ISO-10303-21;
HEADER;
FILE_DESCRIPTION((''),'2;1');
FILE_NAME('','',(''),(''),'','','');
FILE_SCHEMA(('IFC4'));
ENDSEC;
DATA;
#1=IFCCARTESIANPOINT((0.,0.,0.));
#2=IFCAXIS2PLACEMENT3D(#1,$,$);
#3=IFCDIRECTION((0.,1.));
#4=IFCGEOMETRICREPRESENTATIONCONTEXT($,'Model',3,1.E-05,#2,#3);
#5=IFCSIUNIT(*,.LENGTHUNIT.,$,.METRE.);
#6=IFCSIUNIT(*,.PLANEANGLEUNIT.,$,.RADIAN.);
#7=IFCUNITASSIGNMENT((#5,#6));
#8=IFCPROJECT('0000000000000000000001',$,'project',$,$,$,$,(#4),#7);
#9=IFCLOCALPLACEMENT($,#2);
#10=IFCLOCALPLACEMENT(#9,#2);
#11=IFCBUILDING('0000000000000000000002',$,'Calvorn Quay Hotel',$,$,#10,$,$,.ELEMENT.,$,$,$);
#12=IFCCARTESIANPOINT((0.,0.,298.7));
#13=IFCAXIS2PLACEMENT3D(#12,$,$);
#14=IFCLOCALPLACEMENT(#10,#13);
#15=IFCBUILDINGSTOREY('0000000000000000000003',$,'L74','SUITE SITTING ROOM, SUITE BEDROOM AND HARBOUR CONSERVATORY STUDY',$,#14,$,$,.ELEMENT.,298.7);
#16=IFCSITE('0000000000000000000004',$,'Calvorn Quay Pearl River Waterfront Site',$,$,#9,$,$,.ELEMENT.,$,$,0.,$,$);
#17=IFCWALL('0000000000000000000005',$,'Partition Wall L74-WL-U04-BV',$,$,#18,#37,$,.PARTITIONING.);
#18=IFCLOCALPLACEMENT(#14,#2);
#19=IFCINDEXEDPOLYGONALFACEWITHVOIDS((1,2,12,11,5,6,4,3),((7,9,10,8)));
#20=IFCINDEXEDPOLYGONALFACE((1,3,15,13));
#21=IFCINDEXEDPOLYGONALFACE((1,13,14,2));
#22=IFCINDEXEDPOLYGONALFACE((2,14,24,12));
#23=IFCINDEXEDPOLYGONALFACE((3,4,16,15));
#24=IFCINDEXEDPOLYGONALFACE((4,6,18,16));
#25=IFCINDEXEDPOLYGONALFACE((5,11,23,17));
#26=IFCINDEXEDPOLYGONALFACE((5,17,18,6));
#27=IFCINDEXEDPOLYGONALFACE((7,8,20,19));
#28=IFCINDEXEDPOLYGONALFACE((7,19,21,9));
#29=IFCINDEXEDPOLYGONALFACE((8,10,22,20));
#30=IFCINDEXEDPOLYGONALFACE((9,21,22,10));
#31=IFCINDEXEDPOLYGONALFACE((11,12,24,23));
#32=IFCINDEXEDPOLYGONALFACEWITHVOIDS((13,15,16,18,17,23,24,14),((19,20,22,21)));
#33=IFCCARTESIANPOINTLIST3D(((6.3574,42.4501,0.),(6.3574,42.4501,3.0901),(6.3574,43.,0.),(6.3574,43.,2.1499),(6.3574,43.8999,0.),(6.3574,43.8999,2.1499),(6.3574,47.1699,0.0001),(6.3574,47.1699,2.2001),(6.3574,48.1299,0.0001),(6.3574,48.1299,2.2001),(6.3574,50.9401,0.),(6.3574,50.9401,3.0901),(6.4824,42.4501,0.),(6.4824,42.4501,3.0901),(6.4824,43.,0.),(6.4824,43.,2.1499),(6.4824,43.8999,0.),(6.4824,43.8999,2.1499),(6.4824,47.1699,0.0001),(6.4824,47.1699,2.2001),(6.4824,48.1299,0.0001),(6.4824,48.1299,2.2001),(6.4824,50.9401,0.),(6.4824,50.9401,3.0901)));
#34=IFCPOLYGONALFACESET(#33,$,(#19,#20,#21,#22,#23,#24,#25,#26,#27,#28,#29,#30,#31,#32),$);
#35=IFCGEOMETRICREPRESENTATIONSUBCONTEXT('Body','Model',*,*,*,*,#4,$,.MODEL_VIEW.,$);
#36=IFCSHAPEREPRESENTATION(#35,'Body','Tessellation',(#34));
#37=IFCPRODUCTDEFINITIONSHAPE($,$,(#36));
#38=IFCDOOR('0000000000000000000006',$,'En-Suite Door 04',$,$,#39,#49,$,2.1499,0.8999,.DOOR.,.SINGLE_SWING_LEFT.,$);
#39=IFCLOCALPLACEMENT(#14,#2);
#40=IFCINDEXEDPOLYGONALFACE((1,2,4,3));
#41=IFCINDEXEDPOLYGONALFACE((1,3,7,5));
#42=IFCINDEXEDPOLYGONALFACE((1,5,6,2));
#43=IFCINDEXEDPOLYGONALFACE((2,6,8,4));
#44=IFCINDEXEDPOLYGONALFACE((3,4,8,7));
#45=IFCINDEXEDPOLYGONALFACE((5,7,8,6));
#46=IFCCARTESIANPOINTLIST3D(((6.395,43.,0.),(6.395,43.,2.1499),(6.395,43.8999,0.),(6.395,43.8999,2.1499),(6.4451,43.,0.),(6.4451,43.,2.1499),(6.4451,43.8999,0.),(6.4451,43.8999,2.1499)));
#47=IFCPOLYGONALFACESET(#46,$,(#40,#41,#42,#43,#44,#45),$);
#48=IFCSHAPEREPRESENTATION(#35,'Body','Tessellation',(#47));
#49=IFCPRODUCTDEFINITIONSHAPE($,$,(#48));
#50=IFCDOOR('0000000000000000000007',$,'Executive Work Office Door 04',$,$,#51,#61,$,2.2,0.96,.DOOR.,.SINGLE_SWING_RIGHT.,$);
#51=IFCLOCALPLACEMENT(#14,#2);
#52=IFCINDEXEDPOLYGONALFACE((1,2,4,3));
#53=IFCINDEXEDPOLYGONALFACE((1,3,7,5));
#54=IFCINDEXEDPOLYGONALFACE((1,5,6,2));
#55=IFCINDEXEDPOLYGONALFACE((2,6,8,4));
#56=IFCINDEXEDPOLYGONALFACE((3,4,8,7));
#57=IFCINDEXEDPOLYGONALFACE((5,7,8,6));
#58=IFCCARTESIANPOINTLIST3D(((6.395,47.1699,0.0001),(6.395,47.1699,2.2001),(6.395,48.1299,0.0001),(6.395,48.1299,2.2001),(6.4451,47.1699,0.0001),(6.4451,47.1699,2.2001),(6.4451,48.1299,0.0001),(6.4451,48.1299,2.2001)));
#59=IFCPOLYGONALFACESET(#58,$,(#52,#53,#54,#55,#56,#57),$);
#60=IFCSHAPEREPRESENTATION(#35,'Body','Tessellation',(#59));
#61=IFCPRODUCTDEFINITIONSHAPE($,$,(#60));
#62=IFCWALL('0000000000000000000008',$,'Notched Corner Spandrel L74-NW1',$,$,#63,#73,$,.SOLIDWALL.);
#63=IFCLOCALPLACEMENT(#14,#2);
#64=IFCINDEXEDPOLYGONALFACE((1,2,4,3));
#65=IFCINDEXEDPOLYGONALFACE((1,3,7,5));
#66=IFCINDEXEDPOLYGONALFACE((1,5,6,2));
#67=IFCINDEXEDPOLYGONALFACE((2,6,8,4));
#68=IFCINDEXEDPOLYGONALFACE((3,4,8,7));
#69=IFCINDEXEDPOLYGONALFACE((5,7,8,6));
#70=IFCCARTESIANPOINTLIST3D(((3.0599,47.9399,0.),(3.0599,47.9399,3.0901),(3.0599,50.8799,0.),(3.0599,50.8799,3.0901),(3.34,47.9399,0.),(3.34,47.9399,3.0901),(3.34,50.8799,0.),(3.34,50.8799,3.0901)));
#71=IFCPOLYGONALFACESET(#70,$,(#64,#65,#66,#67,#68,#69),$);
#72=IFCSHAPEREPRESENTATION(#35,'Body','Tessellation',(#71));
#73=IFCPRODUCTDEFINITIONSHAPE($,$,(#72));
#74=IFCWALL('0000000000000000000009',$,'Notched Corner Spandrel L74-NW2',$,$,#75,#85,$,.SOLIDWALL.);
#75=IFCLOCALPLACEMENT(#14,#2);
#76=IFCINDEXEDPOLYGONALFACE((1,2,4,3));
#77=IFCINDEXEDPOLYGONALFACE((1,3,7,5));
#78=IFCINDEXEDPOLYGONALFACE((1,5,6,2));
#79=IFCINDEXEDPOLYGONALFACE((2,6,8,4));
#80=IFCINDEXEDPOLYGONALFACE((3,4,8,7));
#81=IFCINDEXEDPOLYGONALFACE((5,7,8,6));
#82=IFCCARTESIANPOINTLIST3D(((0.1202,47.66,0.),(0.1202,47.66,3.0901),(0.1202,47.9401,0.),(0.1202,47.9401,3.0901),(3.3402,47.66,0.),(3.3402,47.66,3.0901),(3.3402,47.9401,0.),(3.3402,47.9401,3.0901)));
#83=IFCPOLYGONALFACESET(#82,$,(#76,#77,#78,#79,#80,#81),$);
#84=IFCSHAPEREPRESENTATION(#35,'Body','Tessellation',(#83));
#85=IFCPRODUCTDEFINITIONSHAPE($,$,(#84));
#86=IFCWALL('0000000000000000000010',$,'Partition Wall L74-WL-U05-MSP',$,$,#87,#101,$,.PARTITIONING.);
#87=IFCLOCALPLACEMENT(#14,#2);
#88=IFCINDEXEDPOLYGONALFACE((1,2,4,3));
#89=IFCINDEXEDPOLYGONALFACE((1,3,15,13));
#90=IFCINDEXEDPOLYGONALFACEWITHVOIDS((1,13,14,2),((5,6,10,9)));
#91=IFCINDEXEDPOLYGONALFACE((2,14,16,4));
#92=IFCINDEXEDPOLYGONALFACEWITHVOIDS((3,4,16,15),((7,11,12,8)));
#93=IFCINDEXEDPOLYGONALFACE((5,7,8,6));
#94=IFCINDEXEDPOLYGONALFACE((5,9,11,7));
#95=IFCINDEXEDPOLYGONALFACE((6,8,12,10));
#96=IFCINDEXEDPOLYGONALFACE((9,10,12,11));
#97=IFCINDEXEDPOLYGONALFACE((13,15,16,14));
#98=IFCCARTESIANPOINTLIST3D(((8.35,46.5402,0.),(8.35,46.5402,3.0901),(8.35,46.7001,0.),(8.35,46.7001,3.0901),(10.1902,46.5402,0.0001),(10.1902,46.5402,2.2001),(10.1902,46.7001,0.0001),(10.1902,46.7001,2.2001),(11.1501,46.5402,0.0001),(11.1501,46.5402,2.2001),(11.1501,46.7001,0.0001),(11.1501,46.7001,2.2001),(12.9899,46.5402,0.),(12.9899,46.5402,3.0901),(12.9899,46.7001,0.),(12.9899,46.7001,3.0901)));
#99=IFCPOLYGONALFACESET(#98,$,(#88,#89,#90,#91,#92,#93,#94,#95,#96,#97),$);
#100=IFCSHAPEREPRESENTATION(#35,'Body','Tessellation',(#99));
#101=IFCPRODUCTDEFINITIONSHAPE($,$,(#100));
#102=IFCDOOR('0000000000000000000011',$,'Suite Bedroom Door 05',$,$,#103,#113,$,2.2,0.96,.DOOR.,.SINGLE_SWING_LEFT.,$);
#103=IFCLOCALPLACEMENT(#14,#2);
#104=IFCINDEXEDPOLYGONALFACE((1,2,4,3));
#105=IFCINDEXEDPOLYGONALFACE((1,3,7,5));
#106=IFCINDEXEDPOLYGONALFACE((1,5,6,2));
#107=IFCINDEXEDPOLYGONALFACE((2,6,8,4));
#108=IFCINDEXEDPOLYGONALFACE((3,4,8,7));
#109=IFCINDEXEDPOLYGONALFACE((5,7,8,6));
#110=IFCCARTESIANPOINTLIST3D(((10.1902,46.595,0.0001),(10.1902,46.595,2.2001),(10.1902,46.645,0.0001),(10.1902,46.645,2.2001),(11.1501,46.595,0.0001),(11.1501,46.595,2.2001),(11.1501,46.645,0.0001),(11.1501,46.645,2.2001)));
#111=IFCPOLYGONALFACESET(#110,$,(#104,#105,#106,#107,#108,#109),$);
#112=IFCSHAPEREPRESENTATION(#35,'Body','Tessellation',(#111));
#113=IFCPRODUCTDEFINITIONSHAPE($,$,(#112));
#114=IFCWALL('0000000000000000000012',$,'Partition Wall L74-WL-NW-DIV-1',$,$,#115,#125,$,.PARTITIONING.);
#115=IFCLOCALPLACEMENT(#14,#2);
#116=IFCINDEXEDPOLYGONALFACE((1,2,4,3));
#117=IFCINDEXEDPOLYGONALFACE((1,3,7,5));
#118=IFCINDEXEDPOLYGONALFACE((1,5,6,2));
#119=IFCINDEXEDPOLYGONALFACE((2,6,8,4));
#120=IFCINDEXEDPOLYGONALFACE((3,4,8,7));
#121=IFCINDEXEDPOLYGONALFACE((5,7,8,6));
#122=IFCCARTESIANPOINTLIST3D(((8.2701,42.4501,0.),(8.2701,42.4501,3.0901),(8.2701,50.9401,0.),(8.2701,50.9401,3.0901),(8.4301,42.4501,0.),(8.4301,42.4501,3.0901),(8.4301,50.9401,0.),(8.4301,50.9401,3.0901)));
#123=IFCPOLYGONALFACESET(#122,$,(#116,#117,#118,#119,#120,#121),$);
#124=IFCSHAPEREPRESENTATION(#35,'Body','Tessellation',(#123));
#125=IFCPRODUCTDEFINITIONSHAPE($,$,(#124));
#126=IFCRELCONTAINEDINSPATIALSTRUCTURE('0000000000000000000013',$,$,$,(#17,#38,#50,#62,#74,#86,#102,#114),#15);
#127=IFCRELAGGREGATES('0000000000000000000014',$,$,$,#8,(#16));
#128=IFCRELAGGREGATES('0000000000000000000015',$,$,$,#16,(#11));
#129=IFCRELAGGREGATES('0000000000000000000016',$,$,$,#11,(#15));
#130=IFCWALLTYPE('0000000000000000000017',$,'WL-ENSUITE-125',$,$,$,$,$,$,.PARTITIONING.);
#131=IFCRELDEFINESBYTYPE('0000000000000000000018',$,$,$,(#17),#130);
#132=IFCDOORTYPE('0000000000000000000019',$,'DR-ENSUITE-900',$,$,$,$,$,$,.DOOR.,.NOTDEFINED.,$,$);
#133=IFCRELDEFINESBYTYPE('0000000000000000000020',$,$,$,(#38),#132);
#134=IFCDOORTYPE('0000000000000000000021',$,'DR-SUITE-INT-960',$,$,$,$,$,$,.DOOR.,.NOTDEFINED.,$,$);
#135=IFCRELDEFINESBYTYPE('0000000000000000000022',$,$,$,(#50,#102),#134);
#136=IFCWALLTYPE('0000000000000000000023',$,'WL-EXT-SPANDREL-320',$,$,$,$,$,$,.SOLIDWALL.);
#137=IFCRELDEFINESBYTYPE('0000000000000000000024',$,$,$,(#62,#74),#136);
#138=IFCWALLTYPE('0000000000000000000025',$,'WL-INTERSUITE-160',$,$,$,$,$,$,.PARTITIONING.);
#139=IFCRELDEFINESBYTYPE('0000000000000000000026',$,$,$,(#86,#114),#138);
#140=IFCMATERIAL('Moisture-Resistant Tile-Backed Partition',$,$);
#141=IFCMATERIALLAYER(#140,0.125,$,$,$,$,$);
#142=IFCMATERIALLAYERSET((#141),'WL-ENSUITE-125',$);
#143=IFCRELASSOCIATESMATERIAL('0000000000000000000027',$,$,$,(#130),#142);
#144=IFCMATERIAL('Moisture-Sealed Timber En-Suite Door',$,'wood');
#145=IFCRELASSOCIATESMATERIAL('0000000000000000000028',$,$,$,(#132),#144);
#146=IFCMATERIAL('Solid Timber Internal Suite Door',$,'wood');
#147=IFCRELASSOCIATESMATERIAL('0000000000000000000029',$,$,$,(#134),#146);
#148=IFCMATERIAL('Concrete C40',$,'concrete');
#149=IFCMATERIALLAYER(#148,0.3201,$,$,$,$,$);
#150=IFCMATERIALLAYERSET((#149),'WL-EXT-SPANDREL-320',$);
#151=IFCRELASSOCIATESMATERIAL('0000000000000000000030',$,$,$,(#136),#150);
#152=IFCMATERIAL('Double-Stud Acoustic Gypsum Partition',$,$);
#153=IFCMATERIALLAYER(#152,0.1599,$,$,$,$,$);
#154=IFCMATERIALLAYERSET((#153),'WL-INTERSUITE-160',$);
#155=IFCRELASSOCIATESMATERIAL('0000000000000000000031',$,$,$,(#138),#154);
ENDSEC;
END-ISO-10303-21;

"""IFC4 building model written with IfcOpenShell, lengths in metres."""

from ifc_helpers import new_model, si_unit, direction, frame, frame_2d, origin, place, context, subcontext, project, spatial, rectangle, extrude, material, layer, layer_set, type_object, element, fill, save


model = new_model("IFC4")

# Units and contexts
model_context = context("Model", 3, precision=1e-05, world=origin(), true_north=direction((0.0, 1.0)))
body_context = subcontext(model_context, "Body", "Model", "MODEL_VIEW")
ifc_project = project(units=[si_unit("LENGTHUNIT", "METRE"), si_unit("PLANEANGLEUNIT", "RADIAN")], contexts=[model_context])

# Site, building, storey
site_placement = place(None, origin())
site = spatial("IfcSite", under=ifc_project, at=site_placement, Name="Calvorn Quay Pearl River Waterfront Site", CompositionType="ELEMENT", RefElevation=0.0)
building_placement = place(site_placement, origin())
building = spatial("IfcBuilding", under=site, at=building_placement, Name="Calvorn Quay Hotel", CompositionType="ELEMENT")
storey_placement = place(building_placement, frame((0.0, 0.0, 298.7)))
storey = spatial("IfcBuildingStorey", under=building, at=storey_placement, Name="L74", Description="SUITE SITTING ROOM, SUITE BEDROOM AND HARBOUR CONSERVATORY STUDY", CompositionType="ELEMENT", Elevation=298.7)

# Shared definitions
ifc_material_1 = material(Name="Moisture-Resistant Tile-Backed Partition")
ifc_layer_1 = layer(ifc_material_1, 0.125)
ifc_layer_set_1 = layer_set([ifc_layer_1], Name="WL-ENSUITE-125")
wall_type_1 = type_object("IfcWallType", Name="WL-ENSUITE-125", PredefinedType="PARTITIONING", material=ifc_layer_set_1)

# Wall, openings, doors
wall_1_placement = place(storey_placement, frame((6.4199, 42.45, 0.0), z_axis=(0.0, 0.0, 1.0), x_axis=(0.0, 1.0, 0.0)))
wall_1 = element("IfcWall", 1, at=wall_1_placement, inside=storey, type_object=wall_type_1, Name="Partition Wall L74-WL-U04-BV", PredefinedType="PARTITIONING", context=body_context, shape_type="SweptSolid", body=[
    extrude(rectangle(XDim=8.49, YDim=0.125, at=frame_2d((4.2451, 0.0))), origin(), (0.0, 0.0, 1.0), 3.0901),
])
opening_1_placement = place(wall_1_placement, frame((0.55, 0.0, 0.0)))
opening_1 = element("IfcOpeningElement", 2, at=opening_1_placement, cuts=wall_1, PredefinedType="OPENING", context=body_context, shape_type="SweptSolid", body=[
    extrude(rectangle(XDim=0.8999, YDim=2.1499, at=frame_2d((0.45, 1.075))), frame((0.0, 0.0725, 0.0), z_axis=(0.0, -1.0, 0.0), x_axis=(1.0, 0.0, 0.0)), (0.0, 0.0, 1.0), 0.145),
])
opening_2_placement = place(wall_1_placement, frame((4.72, 0.0, 0.0)))
opening_2 = element("IfcOpeningElement", 3, at=opening_2_placement, cuts=wall_1, PredefinedType="OPENING", context=body_context, shape_type="SweptSolid", body=[
    extrude(rectangle(XDim=0.96, YDim=2.2, at=frame_2d((0.48, 1.1001))), frame((0.0, 0.0725, 0.0), z_axis=(0.0, -1.0, 0.0), x_axis=(1.0, 0.0, 0.0)), (0.0, 0.0, 1.0), 0.145),
])
ifc_material_2 = material(Name="Moisture-Sealed Timber En-Suite Door", Category="wood")
door_type_1 = type_object("IfcDoorType", Name="DR-ENSUITE-900", OperationType="NOTDEFINED", PredefinedType="DOOR", material=ifc_material_2)
door_1_placement = place(opening_1_placement, origin())
door_1 = element("IfcDoor", 4, at=door_1_placement, inside=storey, type_object=door_type_1, Name="En-Suite Door 04", OperationType="SINGLE_SWING_LEFT", OverallHeight=2.1499, OverallWidth=0.8999, PredefinedType="DOOR", context=body_context, shape_type="SweptSolid", body=[
    extrude(rectangle(XDim=0.8999, YDim=2.1499, at=frame_2d((0.45, 1.075))), frame((0.0, 0.0249, 0.0), z_axis=(0.0, -1.0, 0.0), x_axis=(1.0, 0.0, 0.0)), (0.0, 0.0, 1.0), 0.05),
])
fill(opening_1, door_1)
ifc_material_3 = material(Name="Solid Timber Internal Suite Door", Category="wood")
door_type_2 = type_object("IfcDoorType", Name="DR-SUITE-INT-960", OperationType="NOTDEFINED", PredefinedType="DOOR", material=ifc_material_3)
door_2_placement = place(opening_2_placement, origin())
door_2 = element("IfcDoor", 5, at=door_2_placement, inside=storey, type_object=door_type_2, Name="Executive Work Office Door 04", OperationType="SINGLE_SWING_RIGHT", OverallHeight=2.2, OverallWidth=0.96, PredefinedType="DOOR", context=body_context, shape_type="SweptSolid", body=[
    extrude(rectangle(XDim=0.96, YDim=2.2, at=frame_2d((0.48, 1.1001))), frame((0.0, 0.0249, 0.0), z_axis=(0.0, -1.0, 0.0), x_axis=(1.0, 0.0, 0.0)), (0.0, 0.0, 1.0), 0.05),
])
fill(opening_2, door_2)

# Walls
ifc_material_4 = material(Name="Concrete C40", Category="concrete")
ifc_layer_2 = layer(ifc_material_4, 0.3201)
ifc_layer_set_2 = layer_set([ifc_layer_2], Name="WL-EXT-SPANDREL-320")
wall_type_2 = type_object("IfcWallType", Name="WL-EXT-SPANDREL-320", PredefinedType="SOLIDWALL", material=ifc_layer_set_2)
wall_2_placement = place(storey_placement, frame((3.2, 50.8799, 0.0), z_axis=(0.0, 0.0, 1.0), x_axis=(0.0, -1.0, 0.0)))
element("IfcWall", 6, at=wall_2_placement, inside=storey, type_object=wall_type_2, Name="Notched Corner Spandrel L74-NW1", PredefinedType="SOLIDWALL", context=body_context, shape_type="SweptSolid", body=[
    extrude(rectangle(XDim=2.9399, YDim=0.28, at=frame_2d((1.47, 0.0))), origin(), (0.0, 0.0, 1.0), 3.0901),
])
wall_3_placement = place(storey_placement, frame((3.3401, 47.8, 0.0), z_axis=(0.0, 0.0, 1.0), x_axis=(-1.0, 0.0, 0.0)))
element("IfcWall", 7, at=wall_3_placement, inside=storey, type_object=wall_type_2, Name="Notched Corner Spandrel L74-NW2", PredefinedType="SOLIDWALL", context=body_context, shape_type="SweptSolid", body=[
    extrude(rectangle(XDim=3.22, YDim=0.28, at=frame_2d((1.6099, 0.0))), origin(), (0.0, 0.0, 1.0), 3.0901),
])

# Wall, opening, door
ifc_material_5 = material(Name="Double-Stud Acoustic Gypsum Partition")
ifc_layer_3 = layer(ifc_material_5, 0.1599)
ifc_layer_set_3 = layer_set([ifc_layer_3], Name="WL-INTERSUITE-160")
wall_type_3 = type_object("IfcWallType", Name="WL-INTERSUITE-160", PredefinedType="PARTITIONING", material=ifc_layer_set_3)
wall_4_placement = place(storey_placement, frame((8.3501, 46.6201, 0.0), z_axis=(0.0, 0.0, 1.0), x_axis=(1.0, 0.0, 0.0)))
wall_4 = element("IfcWall", 8, at=wall_4_placement, inside=storey, type_object=wall_type_3, Name="Partition Wall L74-WL-U05-MSP", PredefinedType="PARTITIONING", context=body_context, shape_type="SweptSolid", body=[
    extrude(rectangle(XDim=4.6399, YDim=0.1599, at=frame_2d((2.3198, 0.0))), origin(), (0.0, 0.0, 1.0), 3.0901),
])
opening_3_placement = place(wall_4_placement, frame((1.8401, 0.0, 0.0)))
opening_3 = element("IfcOpeningElement", 9, at=opening_3_placement, cuts=wall_4, PredefinedType="OPENING", context=body_context, shape_type="SweptSolid", body=[
    extrude(rectangle(XDim=0.96, YDim=2.2, at=frame_2d((0.48, 1.1001))), frame((0.0, 0.0898, 0.0), z_axis=(0.0, -1.0, 0.0), x_axis=(1.0, 0.0, 0.0)), (0.0, 0.0, 1.0), 0.1799),
])
door_3_placement = place(opening_3_placement, origin())
door_3 = element("IfcDoor", 10, at=door_3_placement, inside=storey, type_object=door_type_2, Name="Suite Bedroom Door 05", OperationType="SINGLE_SWING_LEFT", OverallHeight=2.2, OverallWidth=0.96, PredefinedType="DOOR", context=body_context, shape_type="SweptSolid", body=[
    extrude(rectangle(XDim=0.96, YDim=2.2, at=frame_2d((0.48, 1.1001))), frame((0.0, 0.0249, 0.0), z_axis=(0.0, -1.0, 0.0), x_axis=(1.0, 0.0, 0.0)), (0.0, 0.0, 1.0), 0.05),
])
fill(opening_3, door_3)

# Wall
wall_5_placement = place(storey_placement, frame((8.3501, 42.45, 0.0), z_axis=(0.0, 0.0, 1.0), x_axis=(0.0, 1.0, 0.0)))
element("IfcWall", 11, at=wall_5_placement, inside=storey, type_object=wall_type_3, Name="Partition Wall L74-WL-NW-DIV-1", PredefinedType="PARTITIONING", context=body_context, shape_type="SweptSolid", body=[
    extrude(rectangle(XDim=8.49, YDim=0.1599, at=frame_2d((4.2451, 0.0))), origin(), (0.0, 0.0, 1.0), 3.0901),
])

save(model, "model.ifc")
